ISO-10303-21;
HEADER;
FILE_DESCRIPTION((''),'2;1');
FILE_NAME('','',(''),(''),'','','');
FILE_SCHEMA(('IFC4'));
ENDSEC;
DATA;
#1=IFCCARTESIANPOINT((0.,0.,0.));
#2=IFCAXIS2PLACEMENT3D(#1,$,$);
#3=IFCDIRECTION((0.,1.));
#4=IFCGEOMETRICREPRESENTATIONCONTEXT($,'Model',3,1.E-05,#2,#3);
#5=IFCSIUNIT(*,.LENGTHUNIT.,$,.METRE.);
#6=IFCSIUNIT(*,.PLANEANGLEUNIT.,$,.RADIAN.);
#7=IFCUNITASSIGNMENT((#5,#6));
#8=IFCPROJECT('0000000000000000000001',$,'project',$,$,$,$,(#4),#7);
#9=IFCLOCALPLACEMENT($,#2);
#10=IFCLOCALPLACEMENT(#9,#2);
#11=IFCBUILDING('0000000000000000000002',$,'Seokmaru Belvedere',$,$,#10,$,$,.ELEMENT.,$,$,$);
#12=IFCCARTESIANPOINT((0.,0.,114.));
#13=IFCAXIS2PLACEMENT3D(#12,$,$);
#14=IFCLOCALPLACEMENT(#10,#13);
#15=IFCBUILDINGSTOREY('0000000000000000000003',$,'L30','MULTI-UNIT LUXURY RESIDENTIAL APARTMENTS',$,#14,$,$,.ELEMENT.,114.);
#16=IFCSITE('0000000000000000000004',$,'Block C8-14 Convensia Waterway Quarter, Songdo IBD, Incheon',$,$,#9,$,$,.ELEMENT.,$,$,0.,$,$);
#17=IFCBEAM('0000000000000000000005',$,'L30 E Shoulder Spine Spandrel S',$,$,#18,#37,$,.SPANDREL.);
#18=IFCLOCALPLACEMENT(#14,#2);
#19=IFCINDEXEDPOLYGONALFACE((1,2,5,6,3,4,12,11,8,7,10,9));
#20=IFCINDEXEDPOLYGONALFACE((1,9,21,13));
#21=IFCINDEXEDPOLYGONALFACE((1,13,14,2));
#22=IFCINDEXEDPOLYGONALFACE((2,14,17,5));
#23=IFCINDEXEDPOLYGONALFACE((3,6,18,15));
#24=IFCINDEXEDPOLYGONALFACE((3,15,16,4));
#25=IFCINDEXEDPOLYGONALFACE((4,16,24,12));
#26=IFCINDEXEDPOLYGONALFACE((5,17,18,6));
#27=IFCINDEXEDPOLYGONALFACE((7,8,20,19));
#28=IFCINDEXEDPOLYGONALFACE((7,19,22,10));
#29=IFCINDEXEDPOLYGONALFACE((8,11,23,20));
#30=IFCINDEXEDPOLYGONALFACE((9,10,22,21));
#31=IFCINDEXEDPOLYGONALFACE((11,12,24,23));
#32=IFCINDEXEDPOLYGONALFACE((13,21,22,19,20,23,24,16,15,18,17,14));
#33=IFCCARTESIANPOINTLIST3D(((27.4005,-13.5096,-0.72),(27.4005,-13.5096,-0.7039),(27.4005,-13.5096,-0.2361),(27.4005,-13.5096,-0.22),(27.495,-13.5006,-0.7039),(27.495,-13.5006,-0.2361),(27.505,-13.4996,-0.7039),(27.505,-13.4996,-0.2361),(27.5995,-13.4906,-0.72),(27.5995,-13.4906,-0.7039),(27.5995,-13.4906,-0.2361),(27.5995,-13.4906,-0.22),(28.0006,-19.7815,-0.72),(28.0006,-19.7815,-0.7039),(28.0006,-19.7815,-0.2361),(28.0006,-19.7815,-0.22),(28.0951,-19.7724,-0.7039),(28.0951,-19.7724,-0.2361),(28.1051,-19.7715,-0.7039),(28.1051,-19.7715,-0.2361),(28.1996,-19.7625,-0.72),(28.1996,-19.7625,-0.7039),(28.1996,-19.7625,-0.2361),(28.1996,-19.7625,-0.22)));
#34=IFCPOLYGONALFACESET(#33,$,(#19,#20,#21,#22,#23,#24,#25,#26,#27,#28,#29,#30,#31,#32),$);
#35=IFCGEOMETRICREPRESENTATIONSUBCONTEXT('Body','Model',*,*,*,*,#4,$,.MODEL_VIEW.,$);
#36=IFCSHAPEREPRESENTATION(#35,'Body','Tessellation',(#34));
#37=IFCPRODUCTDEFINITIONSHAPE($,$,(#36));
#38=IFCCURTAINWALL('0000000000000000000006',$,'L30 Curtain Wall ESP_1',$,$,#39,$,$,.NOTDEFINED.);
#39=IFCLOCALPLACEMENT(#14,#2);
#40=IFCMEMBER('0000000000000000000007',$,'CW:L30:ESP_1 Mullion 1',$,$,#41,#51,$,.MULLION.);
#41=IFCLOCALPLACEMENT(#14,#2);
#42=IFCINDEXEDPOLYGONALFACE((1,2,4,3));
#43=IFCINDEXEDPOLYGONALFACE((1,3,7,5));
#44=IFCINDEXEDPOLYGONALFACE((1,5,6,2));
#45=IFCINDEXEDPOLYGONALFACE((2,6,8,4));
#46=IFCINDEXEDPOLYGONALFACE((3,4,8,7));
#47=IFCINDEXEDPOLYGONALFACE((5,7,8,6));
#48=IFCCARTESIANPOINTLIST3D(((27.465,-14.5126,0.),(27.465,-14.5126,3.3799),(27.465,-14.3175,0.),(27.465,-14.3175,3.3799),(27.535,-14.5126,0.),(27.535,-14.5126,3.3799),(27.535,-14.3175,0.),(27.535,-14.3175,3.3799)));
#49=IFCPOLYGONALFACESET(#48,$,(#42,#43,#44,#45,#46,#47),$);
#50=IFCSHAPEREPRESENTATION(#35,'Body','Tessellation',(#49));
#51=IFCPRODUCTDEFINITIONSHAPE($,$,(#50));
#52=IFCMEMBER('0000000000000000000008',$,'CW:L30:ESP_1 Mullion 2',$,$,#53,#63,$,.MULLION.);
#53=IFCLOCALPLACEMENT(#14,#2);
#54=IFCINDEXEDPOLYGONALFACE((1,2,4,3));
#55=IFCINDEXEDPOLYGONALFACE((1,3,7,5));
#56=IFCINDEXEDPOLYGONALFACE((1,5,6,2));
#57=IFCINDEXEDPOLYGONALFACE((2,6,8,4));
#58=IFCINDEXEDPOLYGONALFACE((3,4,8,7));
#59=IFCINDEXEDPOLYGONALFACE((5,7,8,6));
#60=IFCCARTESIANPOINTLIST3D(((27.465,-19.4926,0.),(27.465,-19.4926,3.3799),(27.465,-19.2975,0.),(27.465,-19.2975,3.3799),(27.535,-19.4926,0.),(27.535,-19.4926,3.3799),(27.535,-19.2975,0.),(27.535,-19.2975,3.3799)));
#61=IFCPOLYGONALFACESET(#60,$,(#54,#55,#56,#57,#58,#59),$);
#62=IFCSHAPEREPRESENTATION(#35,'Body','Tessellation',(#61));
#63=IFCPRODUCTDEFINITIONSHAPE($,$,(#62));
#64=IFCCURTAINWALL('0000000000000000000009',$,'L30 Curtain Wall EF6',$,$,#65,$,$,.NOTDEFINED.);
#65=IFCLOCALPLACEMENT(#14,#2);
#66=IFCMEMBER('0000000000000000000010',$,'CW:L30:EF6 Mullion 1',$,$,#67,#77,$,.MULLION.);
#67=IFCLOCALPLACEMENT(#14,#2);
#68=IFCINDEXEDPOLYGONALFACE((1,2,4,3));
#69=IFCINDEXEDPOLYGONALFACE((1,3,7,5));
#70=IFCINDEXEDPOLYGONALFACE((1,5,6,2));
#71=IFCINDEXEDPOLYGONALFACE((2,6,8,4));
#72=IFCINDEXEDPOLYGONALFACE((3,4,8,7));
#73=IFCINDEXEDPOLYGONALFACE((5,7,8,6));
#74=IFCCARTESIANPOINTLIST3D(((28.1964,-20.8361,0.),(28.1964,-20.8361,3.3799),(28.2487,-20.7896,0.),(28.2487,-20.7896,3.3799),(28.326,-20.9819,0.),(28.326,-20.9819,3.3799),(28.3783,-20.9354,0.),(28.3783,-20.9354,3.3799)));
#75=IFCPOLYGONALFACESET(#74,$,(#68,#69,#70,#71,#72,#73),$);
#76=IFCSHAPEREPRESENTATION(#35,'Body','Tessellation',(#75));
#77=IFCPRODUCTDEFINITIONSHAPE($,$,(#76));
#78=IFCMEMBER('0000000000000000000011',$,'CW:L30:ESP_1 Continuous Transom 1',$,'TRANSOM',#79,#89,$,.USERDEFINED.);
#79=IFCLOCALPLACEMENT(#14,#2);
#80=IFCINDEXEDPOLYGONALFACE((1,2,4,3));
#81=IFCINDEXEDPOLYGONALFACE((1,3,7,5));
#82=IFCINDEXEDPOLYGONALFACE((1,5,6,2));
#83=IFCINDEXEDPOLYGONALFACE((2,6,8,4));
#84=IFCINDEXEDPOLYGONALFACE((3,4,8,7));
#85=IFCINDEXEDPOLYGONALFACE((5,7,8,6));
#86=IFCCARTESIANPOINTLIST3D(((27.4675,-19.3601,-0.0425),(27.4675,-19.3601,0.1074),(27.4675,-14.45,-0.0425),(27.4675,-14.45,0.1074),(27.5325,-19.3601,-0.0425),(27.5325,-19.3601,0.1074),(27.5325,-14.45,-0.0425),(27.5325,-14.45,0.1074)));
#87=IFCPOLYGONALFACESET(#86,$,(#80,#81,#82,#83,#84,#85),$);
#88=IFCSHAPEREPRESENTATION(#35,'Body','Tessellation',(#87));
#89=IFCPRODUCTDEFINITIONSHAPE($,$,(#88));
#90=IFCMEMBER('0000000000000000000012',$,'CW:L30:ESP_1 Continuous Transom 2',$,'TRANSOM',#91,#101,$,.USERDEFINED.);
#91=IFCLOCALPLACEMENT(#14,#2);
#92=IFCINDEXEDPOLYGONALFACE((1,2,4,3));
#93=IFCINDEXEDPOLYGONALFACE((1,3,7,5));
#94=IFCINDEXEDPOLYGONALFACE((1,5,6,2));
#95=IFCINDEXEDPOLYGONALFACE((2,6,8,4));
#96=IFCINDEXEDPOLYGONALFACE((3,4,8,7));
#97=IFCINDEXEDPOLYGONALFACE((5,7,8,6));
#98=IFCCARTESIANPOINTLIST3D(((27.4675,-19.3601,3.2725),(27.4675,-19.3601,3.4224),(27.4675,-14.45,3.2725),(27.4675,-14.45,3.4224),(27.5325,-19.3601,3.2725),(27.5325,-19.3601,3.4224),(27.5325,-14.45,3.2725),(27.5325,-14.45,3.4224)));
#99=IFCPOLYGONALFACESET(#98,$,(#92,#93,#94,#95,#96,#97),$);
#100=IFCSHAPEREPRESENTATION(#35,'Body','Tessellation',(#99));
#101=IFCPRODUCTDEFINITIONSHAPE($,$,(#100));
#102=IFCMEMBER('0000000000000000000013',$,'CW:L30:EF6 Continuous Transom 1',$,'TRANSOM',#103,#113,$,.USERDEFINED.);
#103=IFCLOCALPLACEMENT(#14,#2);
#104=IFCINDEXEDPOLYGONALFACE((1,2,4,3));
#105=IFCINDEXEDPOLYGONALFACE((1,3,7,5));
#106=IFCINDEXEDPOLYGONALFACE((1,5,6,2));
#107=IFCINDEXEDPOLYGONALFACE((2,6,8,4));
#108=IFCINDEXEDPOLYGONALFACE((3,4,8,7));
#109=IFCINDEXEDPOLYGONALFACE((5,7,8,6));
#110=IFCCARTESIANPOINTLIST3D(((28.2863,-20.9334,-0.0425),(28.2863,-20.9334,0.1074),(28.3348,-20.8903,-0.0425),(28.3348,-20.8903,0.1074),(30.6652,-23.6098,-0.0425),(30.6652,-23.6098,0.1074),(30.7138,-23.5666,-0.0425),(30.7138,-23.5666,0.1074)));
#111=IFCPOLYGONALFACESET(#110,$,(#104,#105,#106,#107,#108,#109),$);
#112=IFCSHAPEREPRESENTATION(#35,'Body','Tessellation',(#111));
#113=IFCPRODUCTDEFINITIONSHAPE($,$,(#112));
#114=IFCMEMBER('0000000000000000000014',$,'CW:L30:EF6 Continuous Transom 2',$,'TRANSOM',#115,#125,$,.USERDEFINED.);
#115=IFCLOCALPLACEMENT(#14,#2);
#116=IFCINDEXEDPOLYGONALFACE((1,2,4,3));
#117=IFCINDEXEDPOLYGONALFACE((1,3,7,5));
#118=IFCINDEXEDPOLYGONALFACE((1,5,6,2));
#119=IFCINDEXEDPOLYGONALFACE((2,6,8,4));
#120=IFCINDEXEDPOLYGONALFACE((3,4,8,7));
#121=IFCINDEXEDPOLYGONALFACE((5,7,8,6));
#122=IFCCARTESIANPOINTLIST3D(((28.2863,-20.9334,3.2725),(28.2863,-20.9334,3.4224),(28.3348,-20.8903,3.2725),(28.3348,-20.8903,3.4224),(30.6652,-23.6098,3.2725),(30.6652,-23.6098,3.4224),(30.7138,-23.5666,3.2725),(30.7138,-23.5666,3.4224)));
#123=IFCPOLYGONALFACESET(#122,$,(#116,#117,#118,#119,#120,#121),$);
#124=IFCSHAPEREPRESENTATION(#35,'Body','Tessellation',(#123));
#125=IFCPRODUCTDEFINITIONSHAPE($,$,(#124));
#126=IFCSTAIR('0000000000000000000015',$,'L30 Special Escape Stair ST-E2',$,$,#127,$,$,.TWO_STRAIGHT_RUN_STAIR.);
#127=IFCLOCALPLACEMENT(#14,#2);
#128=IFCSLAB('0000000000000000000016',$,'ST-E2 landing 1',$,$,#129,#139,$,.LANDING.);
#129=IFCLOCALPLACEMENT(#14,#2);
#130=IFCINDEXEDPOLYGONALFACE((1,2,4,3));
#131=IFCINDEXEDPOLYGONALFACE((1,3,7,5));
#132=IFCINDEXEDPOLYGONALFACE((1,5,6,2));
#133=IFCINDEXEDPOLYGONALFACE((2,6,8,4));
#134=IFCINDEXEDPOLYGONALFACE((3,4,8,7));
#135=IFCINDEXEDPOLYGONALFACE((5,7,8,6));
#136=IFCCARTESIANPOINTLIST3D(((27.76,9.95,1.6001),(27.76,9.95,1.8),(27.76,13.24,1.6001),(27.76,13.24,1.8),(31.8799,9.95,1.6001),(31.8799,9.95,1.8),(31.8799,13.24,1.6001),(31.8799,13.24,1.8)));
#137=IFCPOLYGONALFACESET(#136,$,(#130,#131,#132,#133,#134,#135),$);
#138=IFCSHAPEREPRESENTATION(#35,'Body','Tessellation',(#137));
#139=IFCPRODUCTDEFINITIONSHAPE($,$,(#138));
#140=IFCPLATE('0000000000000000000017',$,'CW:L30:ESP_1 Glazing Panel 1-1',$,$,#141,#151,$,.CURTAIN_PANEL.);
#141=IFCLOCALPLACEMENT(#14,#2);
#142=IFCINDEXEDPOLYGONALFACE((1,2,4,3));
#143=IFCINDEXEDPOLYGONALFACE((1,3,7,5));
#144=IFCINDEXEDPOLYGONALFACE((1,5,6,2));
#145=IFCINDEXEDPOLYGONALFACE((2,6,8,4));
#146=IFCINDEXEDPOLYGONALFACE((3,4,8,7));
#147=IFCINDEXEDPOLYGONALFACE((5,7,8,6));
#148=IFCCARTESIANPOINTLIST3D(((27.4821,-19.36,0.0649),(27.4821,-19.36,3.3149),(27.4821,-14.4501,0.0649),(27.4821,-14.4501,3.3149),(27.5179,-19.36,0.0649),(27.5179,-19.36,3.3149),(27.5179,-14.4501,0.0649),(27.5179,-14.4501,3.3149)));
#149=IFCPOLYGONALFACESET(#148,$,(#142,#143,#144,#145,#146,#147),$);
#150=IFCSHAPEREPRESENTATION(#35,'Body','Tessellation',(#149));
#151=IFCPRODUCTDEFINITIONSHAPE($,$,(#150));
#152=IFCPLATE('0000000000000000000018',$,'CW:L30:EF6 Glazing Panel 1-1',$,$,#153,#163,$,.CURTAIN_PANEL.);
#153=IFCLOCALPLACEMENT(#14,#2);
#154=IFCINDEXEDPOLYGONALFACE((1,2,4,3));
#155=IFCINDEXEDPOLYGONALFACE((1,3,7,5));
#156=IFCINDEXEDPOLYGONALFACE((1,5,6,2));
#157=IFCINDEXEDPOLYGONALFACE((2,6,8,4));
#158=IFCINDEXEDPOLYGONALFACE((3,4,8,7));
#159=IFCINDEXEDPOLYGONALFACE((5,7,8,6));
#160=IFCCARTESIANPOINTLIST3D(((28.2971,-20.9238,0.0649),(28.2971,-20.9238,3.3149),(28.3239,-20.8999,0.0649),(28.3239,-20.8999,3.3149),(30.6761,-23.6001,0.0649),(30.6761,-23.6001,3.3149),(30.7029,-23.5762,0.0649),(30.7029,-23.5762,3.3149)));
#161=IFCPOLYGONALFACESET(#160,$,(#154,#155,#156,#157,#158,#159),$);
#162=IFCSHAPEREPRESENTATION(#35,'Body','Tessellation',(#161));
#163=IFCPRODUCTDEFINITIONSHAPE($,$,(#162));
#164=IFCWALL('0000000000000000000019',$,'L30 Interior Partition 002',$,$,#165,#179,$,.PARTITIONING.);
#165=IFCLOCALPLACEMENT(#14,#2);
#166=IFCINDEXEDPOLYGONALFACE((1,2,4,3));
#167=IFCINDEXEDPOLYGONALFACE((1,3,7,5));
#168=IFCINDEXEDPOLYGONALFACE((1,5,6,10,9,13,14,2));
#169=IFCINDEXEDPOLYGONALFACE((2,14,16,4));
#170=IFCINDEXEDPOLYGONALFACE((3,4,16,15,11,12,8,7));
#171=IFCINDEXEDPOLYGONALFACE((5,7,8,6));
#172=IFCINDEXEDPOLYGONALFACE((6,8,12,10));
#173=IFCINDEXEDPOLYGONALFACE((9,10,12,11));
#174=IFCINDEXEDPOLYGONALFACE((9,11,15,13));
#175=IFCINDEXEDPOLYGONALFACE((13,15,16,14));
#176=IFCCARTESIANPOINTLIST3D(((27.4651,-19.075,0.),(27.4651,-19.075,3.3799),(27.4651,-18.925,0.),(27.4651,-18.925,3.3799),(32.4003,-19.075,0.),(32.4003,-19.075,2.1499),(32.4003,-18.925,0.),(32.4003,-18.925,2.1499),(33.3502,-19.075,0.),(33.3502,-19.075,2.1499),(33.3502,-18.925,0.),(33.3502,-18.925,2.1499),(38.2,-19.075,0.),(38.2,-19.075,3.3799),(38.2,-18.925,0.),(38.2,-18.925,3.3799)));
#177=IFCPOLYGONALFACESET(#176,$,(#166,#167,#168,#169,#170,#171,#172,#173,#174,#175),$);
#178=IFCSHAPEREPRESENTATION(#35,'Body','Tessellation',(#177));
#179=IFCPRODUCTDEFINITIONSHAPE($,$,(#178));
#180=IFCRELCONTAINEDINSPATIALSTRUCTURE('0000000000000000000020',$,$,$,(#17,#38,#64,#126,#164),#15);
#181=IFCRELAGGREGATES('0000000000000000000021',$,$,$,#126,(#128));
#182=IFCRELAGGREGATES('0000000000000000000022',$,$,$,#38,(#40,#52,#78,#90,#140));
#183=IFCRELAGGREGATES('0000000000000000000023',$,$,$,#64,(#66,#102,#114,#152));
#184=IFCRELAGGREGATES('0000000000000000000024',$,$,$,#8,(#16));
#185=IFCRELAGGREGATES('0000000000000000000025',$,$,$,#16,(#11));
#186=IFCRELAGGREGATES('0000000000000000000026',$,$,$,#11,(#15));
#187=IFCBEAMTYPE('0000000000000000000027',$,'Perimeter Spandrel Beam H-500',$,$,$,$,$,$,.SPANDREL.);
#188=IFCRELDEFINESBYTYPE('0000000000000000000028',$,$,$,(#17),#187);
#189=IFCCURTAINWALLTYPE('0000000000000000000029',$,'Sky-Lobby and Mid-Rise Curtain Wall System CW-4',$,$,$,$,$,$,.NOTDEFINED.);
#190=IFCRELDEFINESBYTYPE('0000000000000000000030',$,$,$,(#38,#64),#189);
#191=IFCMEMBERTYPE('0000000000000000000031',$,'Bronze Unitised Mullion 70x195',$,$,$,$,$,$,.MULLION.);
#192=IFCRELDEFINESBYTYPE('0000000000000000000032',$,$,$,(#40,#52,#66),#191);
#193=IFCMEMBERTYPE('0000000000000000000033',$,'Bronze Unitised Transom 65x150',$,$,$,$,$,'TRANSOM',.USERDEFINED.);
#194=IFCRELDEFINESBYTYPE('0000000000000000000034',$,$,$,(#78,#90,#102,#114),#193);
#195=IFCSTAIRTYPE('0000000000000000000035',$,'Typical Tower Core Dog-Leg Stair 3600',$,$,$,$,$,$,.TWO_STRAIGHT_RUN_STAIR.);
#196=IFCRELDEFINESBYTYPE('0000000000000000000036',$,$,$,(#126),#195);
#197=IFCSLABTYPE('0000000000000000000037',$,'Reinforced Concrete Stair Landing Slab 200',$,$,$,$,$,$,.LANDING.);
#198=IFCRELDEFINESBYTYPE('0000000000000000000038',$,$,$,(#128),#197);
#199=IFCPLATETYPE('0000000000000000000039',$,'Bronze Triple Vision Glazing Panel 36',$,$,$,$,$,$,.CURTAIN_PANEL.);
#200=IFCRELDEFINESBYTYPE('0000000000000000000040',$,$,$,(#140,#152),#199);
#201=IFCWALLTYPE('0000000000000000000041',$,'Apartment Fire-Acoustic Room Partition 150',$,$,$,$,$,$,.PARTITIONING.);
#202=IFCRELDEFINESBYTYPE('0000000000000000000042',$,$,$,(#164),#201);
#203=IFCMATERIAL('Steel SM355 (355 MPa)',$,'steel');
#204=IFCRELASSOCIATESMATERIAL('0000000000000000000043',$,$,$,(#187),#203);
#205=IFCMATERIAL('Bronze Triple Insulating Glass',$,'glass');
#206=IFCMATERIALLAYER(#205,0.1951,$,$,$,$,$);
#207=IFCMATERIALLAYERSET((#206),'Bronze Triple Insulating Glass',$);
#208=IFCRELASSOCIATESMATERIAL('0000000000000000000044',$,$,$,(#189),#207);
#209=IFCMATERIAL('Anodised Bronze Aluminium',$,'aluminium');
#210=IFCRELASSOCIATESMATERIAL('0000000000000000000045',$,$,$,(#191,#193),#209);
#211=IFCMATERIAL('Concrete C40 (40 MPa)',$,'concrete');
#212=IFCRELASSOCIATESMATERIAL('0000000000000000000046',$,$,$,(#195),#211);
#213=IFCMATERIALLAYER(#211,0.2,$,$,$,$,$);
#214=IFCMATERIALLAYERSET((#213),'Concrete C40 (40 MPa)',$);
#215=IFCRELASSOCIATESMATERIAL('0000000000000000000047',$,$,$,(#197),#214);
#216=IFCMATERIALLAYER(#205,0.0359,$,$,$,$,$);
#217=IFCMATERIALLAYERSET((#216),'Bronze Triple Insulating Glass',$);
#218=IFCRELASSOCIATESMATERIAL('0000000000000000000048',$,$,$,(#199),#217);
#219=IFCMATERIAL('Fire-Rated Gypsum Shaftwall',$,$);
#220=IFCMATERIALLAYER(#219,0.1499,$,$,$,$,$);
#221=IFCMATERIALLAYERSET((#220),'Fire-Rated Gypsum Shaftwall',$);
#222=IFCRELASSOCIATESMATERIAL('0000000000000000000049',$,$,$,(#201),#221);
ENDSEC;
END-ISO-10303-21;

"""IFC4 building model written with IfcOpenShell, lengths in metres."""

from ifc_helpers import new_model, si_unit, direction, frame, frame_2d, origin, origin_2d, place, context, subcontext, project, spatial, polyline, rectangle, i_section, outline, extrude, source, transform, mapped, material, layer, layer_set, material_profile, profile_set, type_object, type_shapes, element, aggregate, save


model = new_model("IFC4")

# Units and contexts
model_context = context("Model", 3, precision=1e-05, world=origin(), true_north=direction((0.0, 1.0)))
body_context = subcontext(model_context, "Body", "Model", "MODEL_VIEW")
ifc_project = project(units=[si_unit("LENGTHUNIT", "METRE"), si_unit("PLANEANGLEUNIT", "RADIAN")], contexts=[model_context])

# Site, building, storey
site_placement = place(None, origin())
site = spatial("IfcSite", under=ifc_project, at=site_placement, Name="Block C8-14 Convensia Waterway Quarter, Songdo IBD, Incheon", CompositionType="ELEMENT", RefElevation=0.0)
building_placement = place(site_placement, origin())
building = spatial("IfcBuilding", under=site, at=building_placement, Name="Seokmaru Belvedere", CompositionType="ELEMENT")
storey_placement = place(building_placement, frame((0.0, 0.0, 114.0)))
storey = spatial("IfcBuildingStorey", under=building, at=storey_placement, Name="L30", Description="MULTI-UNIT LUXURY RESIDENTIAL APARTMENTS", CompositionType="ELEMENT", Elevation=114.0)

# Shared definitions
ifc_material_1 = material(Name="Steel SM355 (355 MPa)", Category="steel")

# Beam
ifc_material_profile_1 = material_profile(ifc_material_1, i_section(OverallWidth=0.2, OverallDepth=0.5, WebThickness=0.01, FlangeThickness=0.0161, at=origin_2d()), Name="H-500x200x10x16")
ifc_profile_set_1 = profile_set([ifc_material_profile_1], Name="Steel SM355 (355 MPa)")
beam_type_1 = type_object("IfcBeamType", Name="Perimeter Spandrel Beam H-500", PredefinedType="SPANDREL", material=ifc_profile_set_1)
shared_shape_1 = source(origin(), body_context, "Body", "SweptSolid", [
    extrude(i_section(OverallWidth=0.2, OverallDepth=0.5, WebThickness=0.01, FlangeThickness=0.0161, at=origin_2d()), origin(), (0.0, 0.0, 1.0), 6.3005),
])
beam_1_placement = place(storey_placement, frame((28.1001, -19.772, -0.47), z_axis=(-0.095244, 0.995454, 0.0), x_axis=(-0.995454, -0.095244, 0.0)))
element("IfcBeam", 1, at=beam_1_placement, inside=storey, type_object=beam_type_1, Name="L30 E Shoulder Spine Spandrel S", PredefinedType="SPANDREL", context=body_context, shape_type="MappedRepresentation", body=[
    mapped(shared_shape_1, transform((0.0, 0.0, 0.0), scale=1.0)),
])

# Curtain wall, members
ifc_material_2 = material(Name="Bronze Triple Insulating Glass", Category="glass")
ifc_layer_1 = layer(ifc_material_2, 0.1951)
ifc_layer_set_1 = layer_set([ifc_layer_1], Name="Bronze Triple Insulating Glass")
curtain_wall_type = type_object("IfcCurtainWallType", Name="Sky-Lobby and Mid-Rise Curtain Wall System CW-4", PredefinedType="NOTDEFINED", material=ifc_layer_set_1)
curtain_wall_1_placement = place(storey_placement, origin())
curtain_wall_1 = element("IfcCurtainWall", 2, at=curtain_wall_1_placement, inside=storey, type_object=curtain_wall_type, Name="L30 Curtain Wall ESP_1", PredefinedType="NOTDEFINED")
ifc_material_3 = material(Name="Anodised Bronze Aluminium", Category="aluminium")
ifc_material_profile_2 = material_profile(ifc_material_3, rectangle(XDim=0.0701, YDim=0.1951, at=origin_2d()), Name="CW-M-70x195")
ifc_profile_set_2 = profile_set([ifc_material_profile_2], Name="Anodised Bronze Aluminium")
member_type_1 = type_object("IfcMemberType", Name="Bronze Unitised Mullion 70x195", PredefinedType="MULLION", material=ifc_profile_set_2)
shared_shape_2 = source(origin(), body_context, "Body", "SweptSolid", [
    extrude(rectangle(XDim=0.0701, YDim=0.1951, at=origin_2d()), origin(), (0.0, 0.0, 1.0), 3.3799),
])
type_shapes(member_type_1, [shared_shape_2])
member_1_placement = place(storey_placement, frame((27.5, -14.415, 0.0), z_axis=(0.0, 0.0, 1.0), x_axis=(1.0, 0.0, 0.0)))
member_1 = element("IfcMember", 3, at=member_1_placement, type_object=member_type_1, Name="CW:L30:ESP_1 Mullion 1", PredefinedType="MULLION", context=body_context, shape_type="MappedRepresentation", body=[
    mapped(shared_shape_2, transform((0.0, 0.0, 0.0), scale=1.0)),
])
member_2_placement = place(storey_placement, frame((27.5, -19.395, 0.0), z_axis=(0.0, 0.0, 1.0), x_axis=(1.0, 0.0, 0.0)))
member_2 = element("IfcMember", 4, at=member_2_placement, type_object=member_type_1, Name="CW:L30:ESP_1 Mullion 2", PredefinedType="MULLION", context=body_context, shape_type="MappedRepresentation", body=[
    mapped(shared_shape_2, transform((0.0, 0.0, 0.0), scale=1.0)),
])

# Curtain wall, member
curtain_wall_2_placement = place(storey_placement, origin())
curtain_wall_2 = element("IfcCurtainWall", 5, at=curtain_wall_2_placement, inside=storey, type_object=curtain_wall_type, Name="L30 Curtain Wall EF6", PredefinedType="NOTDEFINED")
member_3_placement = place(storey_placement, frame((28.2874, -20.8857, 0.0), z_axis=(0.0, 0.0, 1.0), x_axis=(0.74741, 0.664363, 0.0)))
member_3 = element("IfcMember", 6, at=member_3_placement, type_object=member_type_1, Name="CW:L30:EF6 Mullion 1", PredefinedType="MULLION", context=body_context, shape_type="MappedRepresentation", body=[
    mapped(shared_shape_2, transform((0.0, 0.0, 0.0), scale=1.0)),
])

# Members
ifc_material_profile_3 = material_profile(ifc_material_3, rectangle(XDim=0.0649, YDim=0.1499, at=origin_2d()), Name="CW-T-65x150")
ifc_profile_set_3 = profile_set([ifc_material_profile_3], Name="Anodised Bronze Aluminium")
member_type_2 = type_object("IfcMemberType", Name="Bronze Unitised Transom 65x150", ElementType="TRANSOM", PredefinedType="USERDEFINED", material=ifc_profile_set_3)
shared_shape_3 = source(origin(), body_context, "Body", "SweptSolid", [
    extrude(rectangle(XDim=0.0649, YDim=0.1499, at=origin_2d()), origin(), (0.0, 0.0, 1.0), 4.9102),
])
member_4_placement = place(storey_placement, frame((27.5, -14.45, 0.0325), z_axis=(0.0, -1.0, 0.0), x_axis=(1.0, 0.0, 0.0)))
member_4 = element("IfcMember", 7, at=member_4_placement, type_object=member_type_2, Name="CW:L30:ESP_1 Continuous Transom 1", ObjectType="TRANSOM", PredefinedType="USERDEFINED", context=body_context, shape_type="MappedRepresentation", body=[
    mapped(shared_shape_3, transform((0.0, 0.0, 0.0), scale=1.0)),
])
member_5_placement = place(storey_placement, frame((27.5, -14.45, 3.3474), z_axis=(0.0, -1.0, 0.0), x_axis=(1.0, 0.0, 0.0)))
member_5 = element("IfcMember", 8, at=member_5_placement, type_object=member_type_2, Name="CW:L30:ESP_1 Continuous Transom 2", ObjectType="TRANSOM", PredefinedType="USERDEFINED", context=body_context, shape_type="MappedRepresentation", body=[
    mapped(shared_shape_3, transform((0.0, 0.0, 0.0), scale=1.0)),
])
shared_shape_4 = source(origin(), body_context, "Body", "SweptSolid", [
    extrude(rectangle(XDim=0.0649, YDim=0.1499, at=origin_2d()), origin(), (0.0, 0.0, 1.0), 3.5808),
])
type_shapes(member_type_2, [shared_shape_3, shared_shape_4])
member_6_placement = place(storey_placement, frame((28.3105, -20.9119, 0.0325), z_axis=(0.664364, -0.747409, 0.0), x_axis=(0.747409, 0.664364, 0.0)))
member_6 = element("IfcMember", 9, at=member_6_placement, type_object=member_type_2, Name="CW:L30:EF6 Continuous Transom 1", ObjectType="TRANSOM", PredefinedType="USERDEFINED", context=body_context, shape_type="MappedRepresentation", body=[
    mapped(shared_shape_4, transform((0.0, 0.0, 0.0), scale=1.0)),
])
member_7_placement = place(storey_placement, frame((28.3105, -20.9119, 3.3474), z_axis=(0.664364, -0.747409, 0.0), x_axis=(0.747409, 0.664364, 0.0)))
member_7 = element("IfcMember", 10, at=member_7_placement, type_object=member_type_2, Name="CW:L30:EF6 Continuous Transom 2", ObjectType="TRANSOM", PredefinedType="USERDEFINED", context=body_context, shape_type="MappedRepresentation", body=[
    mapped(shared_shape_4, transform((0.0, 0.0, 0.0), scale=1.0)),
])

# Stair, slab
ifc_material_4 = material(Name="Concrete C40 (40 MPa)", Category="concrete")
stair_type = type_object("IfcStairType", Name="Typical Tower Core Dog-Leg Stair 3600", PredefinedType="TWO_STRAIGHT_RUN_STAIR", material=ifc_material_4)
stair_placement = place(storey_placement, origin())
stair = element("IfcStair", 11, at=stair_placement, inside=storey, type_object=stair_type, Name="L30 Special Escape Stair ST-E2", PredefinedType="TWO_STRAIGHT_RUN_STAIR")
ifc_layer_2 = layer(ifc_material_4, 0.2)
ifc_layer_set_2 = layer_set([ifc_layer_2], Name="Concrete C40 (40 MPa)")
slab_type = type_object("IfcSlabType", Name="Reinforced Concrete Stair Landing Slab 200", PredefinedType="LANDING", material=ifc_layer_set_2)
slab_placement = place(storey_placement, frame((0.0, 0.0, 1.6001)))
slab = element("IfcSlab", 12, at=slab_placement, type_object=slab_type, Name="ST-E2 landing 1", PredefinedType="LANDING", context=body_context, shape_type="SweptSolid", body=[
    extrude(outline(polyline([(27.76, 9.95), (31.8799, 9.95), (31.8799, 13.24), (27.76, 13.24), (27.76, 9.95)])), origin(), (0.0, 0.0, 1.0), 0.2),
])
aggregate(stair, [slab])

# Plates
ifc_layer_3 = layer(ifc_material_2, 0.0359)
ifc_layer_set_3 = layer_set([ifc_layer_3], Name="Bronze Triple Insulating Glass")
plate_type = type_object("IfcPlateType", Name="Bronze Triple Vision Glazing Panel 36", PredefinedType="CURTAIN_PANEL", material=ifc_layer_set_3)
shared_shape_5 = source(origin(), body_context, "Body", "SweptSolid", [
    extrude(rectangle(XDim=4.9099, YDim=0.0359, at=origin_2d()), origin(), (0.0, 0.0, 1.0), 3.25),
])
plate_1_placement = place(storey_placement, frame((27.5, -16.905, 0.0649), z_axis=(0.0, 0.0, 1.0), x_axis=(0.0, -1.0, 0.0)))
plate_1 = element("IfcPlate", 13, at=plate_1_placement, type_object=plate_type, Name="CW:L30:ESP_1 Glazing Panel 1-1", PredefinedType="CURTAIN_PANEL", context=body_context, shape_type="MappedRepresentation", body=[
    mapped(shared_shape_5, transform((0.0, 0.0, 0.0), scale=1.0)),
])
aggregate(curtain_wall_1, [member_1, member_2, member_4, member_5, plate_1])
shared_shape_6 = source(origin(), body_context, "Body", "SweptSolid", [
    extrude(rectangle(XDim=3.5808, YDim=0.0359, at=origin_2d()), origin(), (0.0, 0.0, 1.0), 3.25),
])
type_shapes(plate_type, [shared_shape_5, shared_shape_6])
plate_2_placement = place(storey_placement, frame((29.5, -22.25, 0.0649), z_axis=(0.0, 0.0, 1.0), x_axis=(0.664363, -0.74741, 0.0)))
plate_2 = element("IfcPlate", 14, at=plate_2_placement, type_object=plate_type, Name="CW:L30:EF6 Glazing Panel 1-1", PredefinedType="CURTAIN_PANEL", context=body_context, shape_type="MappedRepresentation", body=[
    mapped(shared_shape_6, transform((0.0, 0.0, 0.0), scale=1.0)),
])
aggregate(curtain_wall_2, [member_3, member_6, member_7, plate_2])

# Wall, opening
ifc_material_5 = material(Name="Fire-Rated Gypsum Shaftwall")
ifc_layer_4 = layer(ifc_material_5, 0.1499)
ifc_layer_set_4 = layer_set([ifc_layer_4], Name="Fire-Rated Gypsum Shaftwall")
wall_type_1 = type_object("IfcWallType", Name="Apartment Fire-Acoustic Room Partition 150", PredefinedType="PARTITIONING", material=ifc_layer_set_4)
wall_1_placement = place(storey_placement, frame((27.4651, -19.0, 0.0), z_axis=(0.0, 0.0, 1.0), x_axis=(1.0, 0.0, 0.0)))
wall_1 = element("IfcWall", 15, at=wall_1_placement, inside=storey, type_object=wall_type_1, Name="L30 Interior Partition 002", PredefinedType="PARTITIONING", context=body_context, shape_type="SweptSolid", body=[
    extrude(rectangle(XDim=10.7349, YDim=0.1499, at=frame_2d((5.3674, 0.0))), origin(), (0.0, 0.0, 1.0), 3.3799),
])
opening_1_placement = place(wall_1_placement, frame((4.9351, 0.0, 0.0)))
element("IfcOpeningElement", 16, at=opening_1_placement, cuts=wall_1, PredefinedType="OPENING", context=body_context, shape_type="SweptSolid", body=[
    extrude(rectangle(XDim=0.95, YDim=2.1499, at=frame_2d((0.4751, 1.075))), frame((0.0, 0.085, 0.0), z_axis=(0.0, -1.0, 0.0), x_axis=(1.0, 0.0, 0.0)), (0.0, 0.0, 1.0), 0.1699),
])

save(model, "model.ifc")
